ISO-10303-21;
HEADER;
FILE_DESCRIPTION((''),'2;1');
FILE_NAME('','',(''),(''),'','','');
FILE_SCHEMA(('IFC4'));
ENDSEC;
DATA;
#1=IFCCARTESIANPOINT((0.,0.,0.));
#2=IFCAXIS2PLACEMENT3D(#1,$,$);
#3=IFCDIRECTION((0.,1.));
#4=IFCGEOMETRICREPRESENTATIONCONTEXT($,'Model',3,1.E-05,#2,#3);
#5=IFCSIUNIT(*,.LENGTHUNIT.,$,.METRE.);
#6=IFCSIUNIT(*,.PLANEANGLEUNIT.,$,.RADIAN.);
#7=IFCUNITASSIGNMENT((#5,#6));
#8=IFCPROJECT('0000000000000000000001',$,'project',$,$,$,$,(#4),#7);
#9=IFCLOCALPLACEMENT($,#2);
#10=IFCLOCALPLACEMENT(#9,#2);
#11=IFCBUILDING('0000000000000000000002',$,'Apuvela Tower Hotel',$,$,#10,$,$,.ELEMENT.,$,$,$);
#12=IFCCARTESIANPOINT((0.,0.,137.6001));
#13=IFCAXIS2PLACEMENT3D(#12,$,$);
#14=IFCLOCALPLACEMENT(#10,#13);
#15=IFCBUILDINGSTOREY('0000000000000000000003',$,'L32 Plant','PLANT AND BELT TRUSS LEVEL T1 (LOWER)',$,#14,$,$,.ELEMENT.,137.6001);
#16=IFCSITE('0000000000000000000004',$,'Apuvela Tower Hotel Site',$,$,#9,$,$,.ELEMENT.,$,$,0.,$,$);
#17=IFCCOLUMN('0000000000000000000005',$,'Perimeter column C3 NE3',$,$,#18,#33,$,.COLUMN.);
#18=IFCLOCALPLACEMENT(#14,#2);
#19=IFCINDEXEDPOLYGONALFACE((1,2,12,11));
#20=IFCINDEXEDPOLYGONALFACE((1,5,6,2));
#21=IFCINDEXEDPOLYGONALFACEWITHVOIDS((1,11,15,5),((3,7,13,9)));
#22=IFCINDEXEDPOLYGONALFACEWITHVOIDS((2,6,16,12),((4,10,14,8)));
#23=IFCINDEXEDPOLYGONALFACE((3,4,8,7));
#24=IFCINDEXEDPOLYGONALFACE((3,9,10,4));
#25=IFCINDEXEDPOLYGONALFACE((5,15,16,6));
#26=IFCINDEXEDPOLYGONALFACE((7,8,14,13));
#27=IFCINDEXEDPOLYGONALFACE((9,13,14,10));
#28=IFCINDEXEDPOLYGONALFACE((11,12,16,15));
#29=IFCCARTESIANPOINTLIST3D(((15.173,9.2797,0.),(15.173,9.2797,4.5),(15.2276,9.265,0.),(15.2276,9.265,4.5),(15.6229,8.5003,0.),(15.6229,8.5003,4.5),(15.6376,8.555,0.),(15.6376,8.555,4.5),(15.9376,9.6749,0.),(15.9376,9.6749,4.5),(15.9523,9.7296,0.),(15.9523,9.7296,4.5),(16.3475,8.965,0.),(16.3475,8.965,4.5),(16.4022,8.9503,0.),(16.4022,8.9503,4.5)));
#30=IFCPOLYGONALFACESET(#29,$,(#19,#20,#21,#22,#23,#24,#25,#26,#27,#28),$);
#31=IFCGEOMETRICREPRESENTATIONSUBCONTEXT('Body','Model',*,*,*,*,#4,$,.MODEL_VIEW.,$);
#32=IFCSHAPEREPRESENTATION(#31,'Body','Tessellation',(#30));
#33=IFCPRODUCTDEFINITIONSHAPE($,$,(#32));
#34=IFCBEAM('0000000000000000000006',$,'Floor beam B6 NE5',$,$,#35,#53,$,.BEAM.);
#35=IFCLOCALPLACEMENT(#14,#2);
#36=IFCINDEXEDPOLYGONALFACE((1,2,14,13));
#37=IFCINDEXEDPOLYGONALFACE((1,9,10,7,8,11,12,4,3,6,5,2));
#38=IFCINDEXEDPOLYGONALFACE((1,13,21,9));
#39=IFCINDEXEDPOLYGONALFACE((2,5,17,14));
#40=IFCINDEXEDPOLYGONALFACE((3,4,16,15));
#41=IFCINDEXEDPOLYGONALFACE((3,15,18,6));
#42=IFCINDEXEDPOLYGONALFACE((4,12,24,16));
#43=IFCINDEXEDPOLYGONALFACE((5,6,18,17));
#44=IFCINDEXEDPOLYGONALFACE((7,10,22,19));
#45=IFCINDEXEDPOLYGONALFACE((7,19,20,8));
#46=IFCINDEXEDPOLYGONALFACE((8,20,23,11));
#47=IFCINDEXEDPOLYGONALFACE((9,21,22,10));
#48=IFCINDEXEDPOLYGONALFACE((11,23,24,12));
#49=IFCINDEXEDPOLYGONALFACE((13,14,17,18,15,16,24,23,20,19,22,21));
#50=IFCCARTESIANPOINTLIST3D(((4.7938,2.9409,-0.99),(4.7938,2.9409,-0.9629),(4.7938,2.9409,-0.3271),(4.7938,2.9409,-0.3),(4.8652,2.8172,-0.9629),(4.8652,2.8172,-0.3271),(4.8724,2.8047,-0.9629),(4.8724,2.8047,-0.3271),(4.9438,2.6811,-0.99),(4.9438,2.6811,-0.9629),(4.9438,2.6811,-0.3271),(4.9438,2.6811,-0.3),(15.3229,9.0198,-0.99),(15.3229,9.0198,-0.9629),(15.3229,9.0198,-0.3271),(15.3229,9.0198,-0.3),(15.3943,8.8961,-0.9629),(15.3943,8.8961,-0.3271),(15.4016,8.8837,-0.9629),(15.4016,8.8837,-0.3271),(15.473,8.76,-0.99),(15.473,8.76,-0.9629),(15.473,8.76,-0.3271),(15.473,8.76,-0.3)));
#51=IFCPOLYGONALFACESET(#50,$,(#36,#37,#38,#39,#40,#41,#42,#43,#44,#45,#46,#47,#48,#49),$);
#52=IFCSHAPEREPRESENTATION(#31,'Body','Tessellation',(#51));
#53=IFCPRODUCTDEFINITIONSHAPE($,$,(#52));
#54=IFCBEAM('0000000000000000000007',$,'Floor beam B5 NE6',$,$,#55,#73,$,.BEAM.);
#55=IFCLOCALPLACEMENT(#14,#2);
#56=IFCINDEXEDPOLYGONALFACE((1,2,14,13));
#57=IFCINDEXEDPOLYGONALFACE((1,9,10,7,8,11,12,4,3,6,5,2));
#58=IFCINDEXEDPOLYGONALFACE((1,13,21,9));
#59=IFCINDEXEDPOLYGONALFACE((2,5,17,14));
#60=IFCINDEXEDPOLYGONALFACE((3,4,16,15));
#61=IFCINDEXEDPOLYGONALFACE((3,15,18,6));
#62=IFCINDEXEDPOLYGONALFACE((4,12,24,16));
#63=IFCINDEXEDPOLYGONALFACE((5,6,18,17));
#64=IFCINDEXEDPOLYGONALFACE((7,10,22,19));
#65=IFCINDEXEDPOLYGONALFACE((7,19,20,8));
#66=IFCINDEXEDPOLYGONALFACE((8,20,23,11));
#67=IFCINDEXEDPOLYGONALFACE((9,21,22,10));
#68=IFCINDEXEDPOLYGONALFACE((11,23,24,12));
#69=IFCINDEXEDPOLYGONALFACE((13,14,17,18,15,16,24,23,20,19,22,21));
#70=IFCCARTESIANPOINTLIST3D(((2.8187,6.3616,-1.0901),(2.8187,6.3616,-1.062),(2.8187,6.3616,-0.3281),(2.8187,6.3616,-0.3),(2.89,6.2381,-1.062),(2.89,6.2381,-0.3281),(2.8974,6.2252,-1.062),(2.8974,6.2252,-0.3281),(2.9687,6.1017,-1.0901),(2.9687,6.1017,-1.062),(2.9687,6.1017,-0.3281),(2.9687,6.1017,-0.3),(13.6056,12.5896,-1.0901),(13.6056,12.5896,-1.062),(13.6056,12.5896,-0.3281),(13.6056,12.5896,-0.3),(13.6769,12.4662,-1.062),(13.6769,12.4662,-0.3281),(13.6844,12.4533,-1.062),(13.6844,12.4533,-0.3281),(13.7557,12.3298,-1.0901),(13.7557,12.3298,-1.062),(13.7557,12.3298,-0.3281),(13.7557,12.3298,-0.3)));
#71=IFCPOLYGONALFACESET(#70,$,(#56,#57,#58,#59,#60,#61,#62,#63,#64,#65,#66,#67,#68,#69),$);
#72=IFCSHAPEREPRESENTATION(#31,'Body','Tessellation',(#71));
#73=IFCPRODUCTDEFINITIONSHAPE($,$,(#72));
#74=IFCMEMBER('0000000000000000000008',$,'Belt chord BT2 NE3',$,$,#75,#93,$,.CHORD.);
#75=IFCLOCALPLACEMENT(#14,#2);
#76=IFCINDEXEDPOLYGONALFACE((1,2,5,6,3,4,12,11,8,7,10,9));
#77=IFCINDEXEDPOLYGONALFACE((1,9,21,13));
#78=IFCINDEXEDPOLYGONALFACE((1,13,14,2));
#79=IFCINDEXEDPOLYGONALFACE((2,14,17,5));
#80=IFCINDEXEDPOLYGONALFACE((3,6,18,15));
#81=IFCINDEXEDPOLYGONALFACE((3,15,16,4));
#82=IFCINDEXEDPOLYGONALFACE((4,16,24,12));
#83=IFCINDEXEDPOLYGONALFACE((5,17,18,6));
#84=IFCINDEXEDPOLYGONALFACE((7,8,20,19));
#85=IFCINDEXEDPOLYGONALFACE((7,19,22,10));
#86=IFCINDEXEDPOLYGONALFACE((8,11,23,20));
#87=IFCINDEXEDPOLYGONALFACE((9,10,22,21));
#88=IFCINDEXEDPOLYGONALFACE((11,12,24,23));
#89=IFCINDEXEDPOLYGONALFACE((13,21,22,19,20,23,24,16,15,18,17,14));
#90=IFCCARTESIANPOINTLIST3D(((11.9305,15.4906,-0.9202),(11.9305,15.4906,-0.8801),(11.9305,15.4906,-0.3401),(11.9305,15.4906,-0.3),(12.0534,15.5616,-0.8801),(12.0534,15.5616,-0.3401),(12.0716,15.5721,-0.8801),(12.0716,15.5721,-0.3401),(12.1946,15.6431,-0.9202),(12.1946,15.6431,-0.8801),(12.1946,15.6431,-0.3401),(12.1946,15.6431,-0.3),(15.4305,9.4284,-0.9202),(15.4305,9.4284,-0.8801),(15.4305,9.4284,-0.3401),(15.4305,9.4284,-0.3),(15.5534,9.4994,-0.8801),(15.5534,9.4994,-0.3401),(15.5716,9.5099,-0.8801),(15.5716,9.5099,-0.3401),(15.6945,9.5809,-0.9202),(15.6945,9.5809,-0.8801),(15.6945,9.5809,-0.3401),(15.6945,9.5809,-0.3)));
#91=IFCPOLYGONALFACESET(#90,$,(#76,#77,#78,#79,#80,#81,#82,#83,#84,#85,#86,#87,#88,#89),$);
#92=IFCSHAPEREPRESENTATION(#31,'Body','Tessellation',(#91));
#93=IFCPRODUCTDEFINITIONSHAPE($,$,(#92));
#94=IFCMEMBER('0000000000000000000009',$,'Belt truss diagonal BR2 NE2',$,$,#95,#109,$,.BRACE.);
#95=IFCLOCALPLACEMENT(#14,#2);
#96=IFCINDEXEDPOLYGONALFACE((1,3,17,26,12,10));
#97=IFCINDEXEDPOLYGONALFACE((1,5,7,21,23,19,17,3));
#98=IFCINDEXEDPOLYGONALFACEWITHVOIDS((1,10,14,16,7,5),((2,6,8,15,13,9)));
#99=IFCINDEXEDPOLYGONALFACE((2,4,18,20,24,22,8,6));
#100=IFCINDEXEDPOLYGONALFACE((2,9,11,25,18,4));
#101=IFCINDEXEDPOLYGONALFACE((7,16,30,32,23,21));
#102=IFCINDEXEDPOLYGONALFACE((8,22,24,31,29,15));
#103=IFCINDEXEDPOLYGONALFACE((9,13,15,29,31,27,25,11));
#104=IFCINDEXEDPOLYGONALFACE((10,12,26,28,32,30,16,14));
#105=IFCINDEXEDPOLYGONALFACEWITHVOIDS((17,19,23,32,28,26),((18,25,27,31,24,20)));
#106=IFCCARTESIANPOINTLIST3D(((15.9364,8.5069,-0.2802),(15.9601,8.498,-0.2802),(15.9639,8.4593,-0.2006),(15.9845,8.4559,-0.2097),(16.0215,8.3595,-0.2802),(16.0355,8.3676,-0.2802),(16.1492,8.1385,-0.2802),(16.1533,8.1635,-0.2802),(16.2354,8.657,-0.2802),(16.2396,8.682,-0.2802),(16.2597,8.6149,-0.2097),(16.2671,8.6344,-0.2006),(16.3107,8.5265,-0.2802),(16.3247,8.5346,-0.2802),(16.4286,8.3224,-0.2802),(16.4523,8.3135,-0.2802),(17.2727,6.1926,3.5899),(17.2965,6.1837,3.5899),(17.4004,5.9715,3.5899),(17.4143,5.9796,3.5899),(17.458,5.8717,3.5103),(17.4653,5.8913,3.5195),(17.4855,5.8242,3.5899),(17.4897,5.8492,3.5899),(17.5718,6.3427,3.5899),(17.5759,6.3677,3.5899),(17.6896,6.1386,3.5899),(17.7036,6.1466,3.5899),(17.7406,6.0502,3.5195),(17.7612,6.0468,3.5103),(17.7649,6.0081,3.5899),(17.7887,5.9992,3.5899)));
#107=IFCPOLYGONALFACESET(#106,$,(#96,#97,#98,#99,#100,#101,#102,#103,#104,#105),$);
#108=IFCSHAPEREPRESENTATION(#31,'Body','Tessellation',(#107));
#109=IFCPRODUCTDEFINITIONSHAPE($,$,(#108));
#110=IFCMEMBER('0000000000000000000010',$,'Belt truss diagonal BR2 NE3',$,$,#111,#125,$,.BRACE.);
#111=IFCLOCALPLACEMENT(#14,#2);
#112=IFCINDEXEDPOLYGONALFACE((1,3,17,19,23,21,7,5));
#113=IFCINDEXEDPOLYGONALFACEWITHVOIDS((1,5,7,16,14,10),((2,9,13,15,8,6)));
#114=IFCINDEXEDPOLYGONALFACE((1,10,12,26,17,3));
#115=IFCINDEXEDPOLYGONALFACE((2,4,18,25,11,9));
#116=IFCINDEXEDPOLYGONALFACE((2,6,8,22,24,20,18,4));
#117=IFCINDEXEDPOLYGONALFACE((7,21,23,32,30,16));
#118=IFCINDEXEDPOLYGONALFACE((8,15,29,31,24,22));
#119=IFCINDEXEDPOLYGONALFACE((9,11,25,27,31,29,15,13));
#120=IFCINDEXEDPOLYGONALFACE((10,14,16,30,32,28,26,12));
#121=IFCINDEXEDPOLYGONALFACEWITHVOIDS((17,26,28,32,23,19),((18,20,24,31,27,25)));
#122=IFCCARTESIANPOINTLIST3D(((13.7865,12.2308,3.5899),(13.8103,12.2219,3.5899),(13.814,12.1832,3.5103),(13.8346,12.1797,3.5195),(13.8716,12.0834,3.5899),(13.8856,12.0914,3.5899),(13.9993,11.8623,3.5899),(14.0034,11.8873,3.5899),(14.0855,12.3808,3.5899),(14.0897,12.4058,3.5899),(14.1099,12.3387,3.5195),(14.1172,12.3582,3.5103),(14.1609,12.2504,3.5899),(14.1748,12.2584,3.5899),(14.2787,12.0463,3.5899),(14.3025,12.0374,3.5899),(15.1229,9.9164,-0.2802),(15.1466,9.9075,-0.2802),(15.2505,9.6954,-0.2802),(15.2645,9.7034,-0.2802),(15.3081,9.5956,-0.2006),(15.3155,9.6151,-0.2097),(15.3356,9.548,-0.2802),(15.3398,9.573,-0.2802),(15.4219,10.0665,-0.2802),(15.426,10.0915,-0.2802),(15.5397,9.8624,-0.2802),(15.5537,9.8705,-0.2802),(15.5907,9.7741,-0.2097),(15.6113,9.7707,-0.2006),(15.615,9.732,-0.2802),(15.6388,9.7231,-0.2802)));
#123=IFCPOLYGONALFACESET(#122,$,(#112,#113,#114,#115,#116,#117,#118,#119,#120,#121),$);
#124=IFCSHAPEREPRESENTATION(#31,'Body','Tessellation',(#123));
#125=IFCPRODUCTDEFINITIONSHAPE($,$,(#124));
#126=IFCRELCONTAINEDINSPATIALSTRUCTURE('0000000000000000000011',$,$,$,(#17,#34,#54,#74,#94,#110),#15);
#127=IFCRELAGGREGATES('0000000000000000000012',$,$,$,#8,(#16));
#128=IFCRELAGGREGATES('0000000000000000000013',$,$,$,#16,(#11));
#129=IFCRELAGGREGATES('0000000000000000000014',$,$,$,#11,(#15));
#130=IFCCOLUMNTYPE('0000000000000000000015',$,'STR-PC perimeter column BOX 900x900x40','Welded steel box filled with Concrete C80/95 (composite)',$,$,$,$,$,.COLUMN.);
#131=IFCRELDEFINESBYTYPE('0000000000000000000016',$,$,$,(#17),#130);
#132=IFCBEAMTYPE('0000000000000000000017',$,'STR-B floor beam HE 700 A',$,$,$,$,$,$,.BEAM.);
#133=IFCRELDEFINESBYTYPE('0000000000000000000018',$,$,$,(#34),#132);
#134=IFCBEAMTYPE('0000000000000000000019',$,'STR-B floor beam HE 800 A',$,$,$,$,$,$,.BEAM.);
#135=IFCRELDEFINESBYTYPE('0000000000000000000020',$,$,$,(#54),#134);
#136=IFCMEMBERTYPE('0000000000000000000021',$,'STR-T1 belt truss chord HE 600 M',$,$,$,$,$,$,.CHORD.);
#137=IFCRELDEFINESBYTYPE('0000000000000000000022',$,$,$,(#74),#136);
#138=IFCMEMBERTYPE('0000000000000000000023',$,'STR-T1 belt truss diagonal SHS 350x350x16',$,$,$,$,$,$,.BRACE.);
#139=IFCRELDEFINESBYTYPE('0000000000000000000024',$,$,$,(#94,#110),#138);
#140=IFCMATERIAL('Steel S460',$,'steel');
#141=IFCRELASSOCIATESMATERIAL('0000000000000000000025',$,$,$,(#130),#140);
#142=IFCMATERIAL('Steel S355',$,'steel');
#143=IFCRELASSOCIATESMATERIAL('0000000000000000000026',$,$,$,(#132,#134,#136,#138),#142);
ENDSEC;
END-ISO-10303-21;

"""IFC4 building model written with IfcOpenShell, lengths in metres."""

from ifc_helpers import new_model, si_unit, direction, frame, origin, origin_2d, place, context, subcontext, project, spatial, rectangle, hollow_rectangle, i_section, extrude, boolean, halfspace, material, material_profile, profile_set, type_object, element, save


model = new_model("IFC4")

# Units and contexts
model_context = context("Model", 3, precision=1e-05, world=origin(), true_north=direction((0.0, 1.0)))
body_context = subcontext(model_context, "Body", "Model", "MODEL_VIEW")
ifc_project = project(units=[si_unit("LENGTHUNIT", "METRE"), si_unit("PLANEANGLEUNIT", "RADIAN")], contexts=[model_context])

# Site, building, storey
site_placement = place(None, origin())
site = spatial("IfcSite", under=ifc_project, at=site_placement, Name="Apuvela Tower Hotel Site", CompositionType="ELEMENT", RefElevation=0.0)
building_placement = place(site_placement, origin())
building = spatial("IfcBuilding", under=site, at=building_placement, Name="Apuvela Tower Hotel", CompositionType="ELEMENT")
storey_placement = place(building_placement, frame((0.0, 0.0, 137.6001)))
storey = spatial("IfcBuildingStorey", under=building, at=storey_placement, Name="L32 Plant", Description="PLANT AND BELT TRUSS LEVEL T1 (LOWER)", CompositionType="ELEMENT", Elevation=137.6001)

# Column
ifc_material_1 = material(Name="Steel S460", Category="steel")
ifc_material_profile_1 = material_profile(ifc_material_1, hollow_rectangle(XDim=0.8999, YDim=0.8999, WallThickness=0.04, at=origin_2d()), Name="BOX 900x900x40")
ifc_material_2 = material(Name="Concrete C80/95", Category="concrete")
ifc_material_profile_2 = material_profile(ifc_material_2, rectangle(XDim=0.8201, YDim=0.8201, at=origin_2d()), Name="Concrete C80/95 infill")
ifc_profile_set_1 = profile_set([ifc_material_profile_1, ifc_material_profile_2], Name="Steel S460")
column_type = type_object("IfcColumnType", Name="STR-PC perimeter column BOX 900x900x40", Description="Welded steel box filled with Concrete C80/95 (composite)", PredefinedType="COLUMN", material=ifc_profile_set_1)
column_placement = place(storey_placement, frame((15.7876, 9.115, 0.0), z_axis=(0.0, 0.0, 1.0), x_axis=(-0.5, 0.866025, 0.0)))
element("IfcColumn", 1, at=column_placement, inside=storey, type_object=column_type, Name="Perimeter column C3 NE3", PredefinedType="COLUMN", context=body_context, shape_type="SweptSolid", body=[
    extrude(hollow_rectangle(XDim=0.8999, YDim=0.8999, WallThickness=0.04, at=origin_2d()), origin(), (0.0, 0.0, 1.0), 4.5),
])

# Beams
ifc_material_3 = material(Name="Steel S355", Category="steel")
ifc_material_profile_3 = material_profile(ifc_material_3, i_section(OverallWidth=0.3, OverallDepth=0.6899, WebThickness=0.0144, FlangeThickness=0.0271, at=origin_2d()), Name="HE 700 A")
ifc_profile_set_2 = profile_set([ifc_material_profile_3], Name="Steel S355")
beam_type_1 = type_object("IfcBeamType", Name="STR-B floor beam HE 700 A", PredefinedType="BEAM", material=ifc_profile_set_2)
beam_1_placement = place(storey_placement, frame((15.3979, 8.8899, -0.645), z_axis=(-0.866029, -0.499994, 0.0), x_axis=(0.499994, -0.866029, 0.0)))
element("IfcBeam", 2, at=beam_1_placement, inside=storey, type_object=beam_type_1, Name="Floor beam B6 NE5", PredefinedType="BEAM", context=body_context, shape_type="SweptSolid", body=[
    extrude(i_section(OverallWidth=0.3, OverallDepth=0.6899, WebThickness=0.0144, FlangeThickness=0.0271, at=origin_2d()), origin(), (0.0, 0.0, 1.0), 12.158),
])
ifc_material_profile_4 = material_profile(ifc_material_3, i_section(OverallWidth=0.3, OverallDepth=0.79, WebThickness=0.0149, FlangeThickness=0.0281, at=origin_2d()), Name="HE 800 A")
ifc_profile_set_3 = profile_set([ifc_material_profile_4], Name="Steel S355")
beam_type_2 = type_object("IfcBeamType", Name="STR-B floor beam HE 800 A", PredefinedType="BEAM", material=ifc_profile_set_3)
beam_2_placement = place(storey_placement, frame((13.6807, 12.4597, -0.6951), z_axis=(-0.866017, -0.500014, 0.0), x_axis=(0.500014, -0.866017, 0.0)))
element("IfcBeam", 3, at=beam_2_placement, inside=storey, type_object=beam_type_2, Name="Floor beam B5 NE6", PredefinedType="BEAM", context=body_context, shape_type="SweptSolid", body=[
    extrude(i_section(OverallWidth=0.3, OverallDepth=0.79, WebThickness=0.0149, FlangeThickness=0.0281, at=origin_2d()), origin(), (0.0, 0.0, 1.0), 12.4558),
])

# Members
ifc_material_profile_5 = material_profile(ifc_material_3, i_section(OverallWidth=0.3049, OverallDepth=0.6201, WebThickness=0.021, FlangeThickness=0.04, at=origin_2d()), Name="HE 600 M")
ifc_profile_set_4 = profile_set([ifc_material_profile_5], Name="Steel S355")
member_type_1 = type_object("IfcMemberType", Name="STR-T1 belt truss chord HE 600 M", PredefinedType="CHORD", material=ifc_profile_set_4)
member_1_placement = place(storey_placement, frame((15.5625, 9.5046, -0.6101), z_axis=(-0.499995, 0.866028, 0.0), x_axis=(-0.866028, -0.499995, 0.0)))
element("IfcMember", 4, at=member_1_placement, inside=storey, type_object=member_type_1, Name="Belt chord BT2 NE3", PredefinedType="CHORD", context=body_context, shape_type="SweptSolid", body=[
    extrude(i_section(OverallWidth=0.3049, OverallDepth=0.6201, WebThickness=0.021, FlangeThickness=0.04, at=origin_2d()), origin(), (0.0, 0.0, 1.0), 7.0),
])
ifc_material_profile_6 = material_profile(ifc_material_3, hollow_rectangle(XDim=0.3501, YDim=0.3501, WallThickness=0.0161, at=origin_2d()), Name="SHS 350x350x16")
ifc_profile_set_5 = profile_set([ifc_material_profile_6], Name="Steel S355")
member_type_2 = type_object("IfcMemberType", Name="STR-T1 belt truss diagonal SHS 350x350x16", PredefinedType="BRACE", material=ifc_profile_set_5)
member_2_placement = place(storey_placement, frame((16.1875, 8.4221, -0.3), z_axis=(0.284139, -0.49208, 0.822874), x_axis=(-0.411477, 0.712607, 0.568224)))
solid_1 = boolean("DIFFERENCE", boolean("DIFFERENCE", extrude(hollow_rectangle(XDim=0.3501, YDim=0.3501, WallThickness=0.0161, at=origin_2d()), frame((0.0, 0.0, -0.2407)), (0.0, 0.0, 1.0), 5.2332), halfspace(frame((0.0, 0.0, 0.0242), z_axis=(0.568224, 0.0, 0.822874), x_axis=(0.822874, 0.0, -0.568224)), True)), halfspace(frame((0.0, 0.0, 4.7273), z_axis=(0.568224, 0.0, 0.822874), x_axis=(0.822874, 0.0, -0.568224)), False))
element("IfcMember", 5, at=member_2_placement, inside=storey, type_object=member_type_2, Name="Belt truss diagonal BR2 NE2", PredefinedType="BRACE", context=body_context, shape_type="SweptSolid", body=[
    boolean("UNION", boolean("DIFFERENCE", boolean("DIFFERENCE", extrude(hollow_rectangle(XDim=0.3501, YDim=0.3501, WallThickness=0.0161, at=origin_2d()), origin(), (0.0, 0.0, 1.0), 4.7515), halfspace(frame((0.0, 0.0, 0.0242), z_axis=(0.568224, 0.0, 0.822874), x_axis=(0.822874, 0.0, -0.568224)), True)), halfspace(frame((0.0, 0.0, 4.7273), z_axis=(0.568224, 0.0, 0.822874), x_axis=(0.822874, 0.0, -0.568224)), False)), solid_1),
])
member_3_placement = place(storey_placement, frame((15.3877, 9.8079, -0.3), z_axis=(-0.284139, 0.49208, 0.822874), x_axis=(0.411477, -0.712607, 0.568224)))
solid_2 = boolean("DIFFERENCE", boolean("DIFFERENCE", extrude(hollow_rectangle(XDim=0.3501, YDim=0.3501, WallThickness=0.0161, at=origin_2d()), frame((0.0, 0.0, -0.2407)), (0.0, 0.0, 1.0), 5.2332), halfspace(frame((0.0, 0.0, 0.0242), z_axis=(0.568224, 0.0, 0.822874), x_axis=(0.822874, 0.0, -0.568224)), True)), halfspace(frame((0.0, 0.0, 4.7273), z_axis=(0.568224, 0.0, 0.822874), x_axis=(0.822874, 0.0, -0.568224)), False))
element("IfcMember", 6, at=member_3_placement, inside=storey, type_object=member_type_2, Name="Belt truss diagonal BR2 NE3", PredefinedType="BRACE", context=body_context, shape_type="SweptSolid", body=[
    boolean("UNION", boolean("DIFFERENCE", boolean("DIFFERENCE", extrude(hollow_rectangle(XDim=0.3501, YDim=0.3501, WallThickness=0.0161, at=origin_2d()), origin(), (0.0, 0.0, 1.0), 4.7515), halfspace(frame((0.0, 0.0, 0.0242), z_axis=(0.568224, 0.0, 0.822874), x_axis=(0.822874, 0.0, -0.568224)), True)), halfspace(frame((0.0, 0.0, 4.7273), z_axis=(0.568224, 0.0, 0.822874), x_axis=(0.822874, 0.0, -0.568224)), False)), solid_2),
])

save(model, "model.ifc")
